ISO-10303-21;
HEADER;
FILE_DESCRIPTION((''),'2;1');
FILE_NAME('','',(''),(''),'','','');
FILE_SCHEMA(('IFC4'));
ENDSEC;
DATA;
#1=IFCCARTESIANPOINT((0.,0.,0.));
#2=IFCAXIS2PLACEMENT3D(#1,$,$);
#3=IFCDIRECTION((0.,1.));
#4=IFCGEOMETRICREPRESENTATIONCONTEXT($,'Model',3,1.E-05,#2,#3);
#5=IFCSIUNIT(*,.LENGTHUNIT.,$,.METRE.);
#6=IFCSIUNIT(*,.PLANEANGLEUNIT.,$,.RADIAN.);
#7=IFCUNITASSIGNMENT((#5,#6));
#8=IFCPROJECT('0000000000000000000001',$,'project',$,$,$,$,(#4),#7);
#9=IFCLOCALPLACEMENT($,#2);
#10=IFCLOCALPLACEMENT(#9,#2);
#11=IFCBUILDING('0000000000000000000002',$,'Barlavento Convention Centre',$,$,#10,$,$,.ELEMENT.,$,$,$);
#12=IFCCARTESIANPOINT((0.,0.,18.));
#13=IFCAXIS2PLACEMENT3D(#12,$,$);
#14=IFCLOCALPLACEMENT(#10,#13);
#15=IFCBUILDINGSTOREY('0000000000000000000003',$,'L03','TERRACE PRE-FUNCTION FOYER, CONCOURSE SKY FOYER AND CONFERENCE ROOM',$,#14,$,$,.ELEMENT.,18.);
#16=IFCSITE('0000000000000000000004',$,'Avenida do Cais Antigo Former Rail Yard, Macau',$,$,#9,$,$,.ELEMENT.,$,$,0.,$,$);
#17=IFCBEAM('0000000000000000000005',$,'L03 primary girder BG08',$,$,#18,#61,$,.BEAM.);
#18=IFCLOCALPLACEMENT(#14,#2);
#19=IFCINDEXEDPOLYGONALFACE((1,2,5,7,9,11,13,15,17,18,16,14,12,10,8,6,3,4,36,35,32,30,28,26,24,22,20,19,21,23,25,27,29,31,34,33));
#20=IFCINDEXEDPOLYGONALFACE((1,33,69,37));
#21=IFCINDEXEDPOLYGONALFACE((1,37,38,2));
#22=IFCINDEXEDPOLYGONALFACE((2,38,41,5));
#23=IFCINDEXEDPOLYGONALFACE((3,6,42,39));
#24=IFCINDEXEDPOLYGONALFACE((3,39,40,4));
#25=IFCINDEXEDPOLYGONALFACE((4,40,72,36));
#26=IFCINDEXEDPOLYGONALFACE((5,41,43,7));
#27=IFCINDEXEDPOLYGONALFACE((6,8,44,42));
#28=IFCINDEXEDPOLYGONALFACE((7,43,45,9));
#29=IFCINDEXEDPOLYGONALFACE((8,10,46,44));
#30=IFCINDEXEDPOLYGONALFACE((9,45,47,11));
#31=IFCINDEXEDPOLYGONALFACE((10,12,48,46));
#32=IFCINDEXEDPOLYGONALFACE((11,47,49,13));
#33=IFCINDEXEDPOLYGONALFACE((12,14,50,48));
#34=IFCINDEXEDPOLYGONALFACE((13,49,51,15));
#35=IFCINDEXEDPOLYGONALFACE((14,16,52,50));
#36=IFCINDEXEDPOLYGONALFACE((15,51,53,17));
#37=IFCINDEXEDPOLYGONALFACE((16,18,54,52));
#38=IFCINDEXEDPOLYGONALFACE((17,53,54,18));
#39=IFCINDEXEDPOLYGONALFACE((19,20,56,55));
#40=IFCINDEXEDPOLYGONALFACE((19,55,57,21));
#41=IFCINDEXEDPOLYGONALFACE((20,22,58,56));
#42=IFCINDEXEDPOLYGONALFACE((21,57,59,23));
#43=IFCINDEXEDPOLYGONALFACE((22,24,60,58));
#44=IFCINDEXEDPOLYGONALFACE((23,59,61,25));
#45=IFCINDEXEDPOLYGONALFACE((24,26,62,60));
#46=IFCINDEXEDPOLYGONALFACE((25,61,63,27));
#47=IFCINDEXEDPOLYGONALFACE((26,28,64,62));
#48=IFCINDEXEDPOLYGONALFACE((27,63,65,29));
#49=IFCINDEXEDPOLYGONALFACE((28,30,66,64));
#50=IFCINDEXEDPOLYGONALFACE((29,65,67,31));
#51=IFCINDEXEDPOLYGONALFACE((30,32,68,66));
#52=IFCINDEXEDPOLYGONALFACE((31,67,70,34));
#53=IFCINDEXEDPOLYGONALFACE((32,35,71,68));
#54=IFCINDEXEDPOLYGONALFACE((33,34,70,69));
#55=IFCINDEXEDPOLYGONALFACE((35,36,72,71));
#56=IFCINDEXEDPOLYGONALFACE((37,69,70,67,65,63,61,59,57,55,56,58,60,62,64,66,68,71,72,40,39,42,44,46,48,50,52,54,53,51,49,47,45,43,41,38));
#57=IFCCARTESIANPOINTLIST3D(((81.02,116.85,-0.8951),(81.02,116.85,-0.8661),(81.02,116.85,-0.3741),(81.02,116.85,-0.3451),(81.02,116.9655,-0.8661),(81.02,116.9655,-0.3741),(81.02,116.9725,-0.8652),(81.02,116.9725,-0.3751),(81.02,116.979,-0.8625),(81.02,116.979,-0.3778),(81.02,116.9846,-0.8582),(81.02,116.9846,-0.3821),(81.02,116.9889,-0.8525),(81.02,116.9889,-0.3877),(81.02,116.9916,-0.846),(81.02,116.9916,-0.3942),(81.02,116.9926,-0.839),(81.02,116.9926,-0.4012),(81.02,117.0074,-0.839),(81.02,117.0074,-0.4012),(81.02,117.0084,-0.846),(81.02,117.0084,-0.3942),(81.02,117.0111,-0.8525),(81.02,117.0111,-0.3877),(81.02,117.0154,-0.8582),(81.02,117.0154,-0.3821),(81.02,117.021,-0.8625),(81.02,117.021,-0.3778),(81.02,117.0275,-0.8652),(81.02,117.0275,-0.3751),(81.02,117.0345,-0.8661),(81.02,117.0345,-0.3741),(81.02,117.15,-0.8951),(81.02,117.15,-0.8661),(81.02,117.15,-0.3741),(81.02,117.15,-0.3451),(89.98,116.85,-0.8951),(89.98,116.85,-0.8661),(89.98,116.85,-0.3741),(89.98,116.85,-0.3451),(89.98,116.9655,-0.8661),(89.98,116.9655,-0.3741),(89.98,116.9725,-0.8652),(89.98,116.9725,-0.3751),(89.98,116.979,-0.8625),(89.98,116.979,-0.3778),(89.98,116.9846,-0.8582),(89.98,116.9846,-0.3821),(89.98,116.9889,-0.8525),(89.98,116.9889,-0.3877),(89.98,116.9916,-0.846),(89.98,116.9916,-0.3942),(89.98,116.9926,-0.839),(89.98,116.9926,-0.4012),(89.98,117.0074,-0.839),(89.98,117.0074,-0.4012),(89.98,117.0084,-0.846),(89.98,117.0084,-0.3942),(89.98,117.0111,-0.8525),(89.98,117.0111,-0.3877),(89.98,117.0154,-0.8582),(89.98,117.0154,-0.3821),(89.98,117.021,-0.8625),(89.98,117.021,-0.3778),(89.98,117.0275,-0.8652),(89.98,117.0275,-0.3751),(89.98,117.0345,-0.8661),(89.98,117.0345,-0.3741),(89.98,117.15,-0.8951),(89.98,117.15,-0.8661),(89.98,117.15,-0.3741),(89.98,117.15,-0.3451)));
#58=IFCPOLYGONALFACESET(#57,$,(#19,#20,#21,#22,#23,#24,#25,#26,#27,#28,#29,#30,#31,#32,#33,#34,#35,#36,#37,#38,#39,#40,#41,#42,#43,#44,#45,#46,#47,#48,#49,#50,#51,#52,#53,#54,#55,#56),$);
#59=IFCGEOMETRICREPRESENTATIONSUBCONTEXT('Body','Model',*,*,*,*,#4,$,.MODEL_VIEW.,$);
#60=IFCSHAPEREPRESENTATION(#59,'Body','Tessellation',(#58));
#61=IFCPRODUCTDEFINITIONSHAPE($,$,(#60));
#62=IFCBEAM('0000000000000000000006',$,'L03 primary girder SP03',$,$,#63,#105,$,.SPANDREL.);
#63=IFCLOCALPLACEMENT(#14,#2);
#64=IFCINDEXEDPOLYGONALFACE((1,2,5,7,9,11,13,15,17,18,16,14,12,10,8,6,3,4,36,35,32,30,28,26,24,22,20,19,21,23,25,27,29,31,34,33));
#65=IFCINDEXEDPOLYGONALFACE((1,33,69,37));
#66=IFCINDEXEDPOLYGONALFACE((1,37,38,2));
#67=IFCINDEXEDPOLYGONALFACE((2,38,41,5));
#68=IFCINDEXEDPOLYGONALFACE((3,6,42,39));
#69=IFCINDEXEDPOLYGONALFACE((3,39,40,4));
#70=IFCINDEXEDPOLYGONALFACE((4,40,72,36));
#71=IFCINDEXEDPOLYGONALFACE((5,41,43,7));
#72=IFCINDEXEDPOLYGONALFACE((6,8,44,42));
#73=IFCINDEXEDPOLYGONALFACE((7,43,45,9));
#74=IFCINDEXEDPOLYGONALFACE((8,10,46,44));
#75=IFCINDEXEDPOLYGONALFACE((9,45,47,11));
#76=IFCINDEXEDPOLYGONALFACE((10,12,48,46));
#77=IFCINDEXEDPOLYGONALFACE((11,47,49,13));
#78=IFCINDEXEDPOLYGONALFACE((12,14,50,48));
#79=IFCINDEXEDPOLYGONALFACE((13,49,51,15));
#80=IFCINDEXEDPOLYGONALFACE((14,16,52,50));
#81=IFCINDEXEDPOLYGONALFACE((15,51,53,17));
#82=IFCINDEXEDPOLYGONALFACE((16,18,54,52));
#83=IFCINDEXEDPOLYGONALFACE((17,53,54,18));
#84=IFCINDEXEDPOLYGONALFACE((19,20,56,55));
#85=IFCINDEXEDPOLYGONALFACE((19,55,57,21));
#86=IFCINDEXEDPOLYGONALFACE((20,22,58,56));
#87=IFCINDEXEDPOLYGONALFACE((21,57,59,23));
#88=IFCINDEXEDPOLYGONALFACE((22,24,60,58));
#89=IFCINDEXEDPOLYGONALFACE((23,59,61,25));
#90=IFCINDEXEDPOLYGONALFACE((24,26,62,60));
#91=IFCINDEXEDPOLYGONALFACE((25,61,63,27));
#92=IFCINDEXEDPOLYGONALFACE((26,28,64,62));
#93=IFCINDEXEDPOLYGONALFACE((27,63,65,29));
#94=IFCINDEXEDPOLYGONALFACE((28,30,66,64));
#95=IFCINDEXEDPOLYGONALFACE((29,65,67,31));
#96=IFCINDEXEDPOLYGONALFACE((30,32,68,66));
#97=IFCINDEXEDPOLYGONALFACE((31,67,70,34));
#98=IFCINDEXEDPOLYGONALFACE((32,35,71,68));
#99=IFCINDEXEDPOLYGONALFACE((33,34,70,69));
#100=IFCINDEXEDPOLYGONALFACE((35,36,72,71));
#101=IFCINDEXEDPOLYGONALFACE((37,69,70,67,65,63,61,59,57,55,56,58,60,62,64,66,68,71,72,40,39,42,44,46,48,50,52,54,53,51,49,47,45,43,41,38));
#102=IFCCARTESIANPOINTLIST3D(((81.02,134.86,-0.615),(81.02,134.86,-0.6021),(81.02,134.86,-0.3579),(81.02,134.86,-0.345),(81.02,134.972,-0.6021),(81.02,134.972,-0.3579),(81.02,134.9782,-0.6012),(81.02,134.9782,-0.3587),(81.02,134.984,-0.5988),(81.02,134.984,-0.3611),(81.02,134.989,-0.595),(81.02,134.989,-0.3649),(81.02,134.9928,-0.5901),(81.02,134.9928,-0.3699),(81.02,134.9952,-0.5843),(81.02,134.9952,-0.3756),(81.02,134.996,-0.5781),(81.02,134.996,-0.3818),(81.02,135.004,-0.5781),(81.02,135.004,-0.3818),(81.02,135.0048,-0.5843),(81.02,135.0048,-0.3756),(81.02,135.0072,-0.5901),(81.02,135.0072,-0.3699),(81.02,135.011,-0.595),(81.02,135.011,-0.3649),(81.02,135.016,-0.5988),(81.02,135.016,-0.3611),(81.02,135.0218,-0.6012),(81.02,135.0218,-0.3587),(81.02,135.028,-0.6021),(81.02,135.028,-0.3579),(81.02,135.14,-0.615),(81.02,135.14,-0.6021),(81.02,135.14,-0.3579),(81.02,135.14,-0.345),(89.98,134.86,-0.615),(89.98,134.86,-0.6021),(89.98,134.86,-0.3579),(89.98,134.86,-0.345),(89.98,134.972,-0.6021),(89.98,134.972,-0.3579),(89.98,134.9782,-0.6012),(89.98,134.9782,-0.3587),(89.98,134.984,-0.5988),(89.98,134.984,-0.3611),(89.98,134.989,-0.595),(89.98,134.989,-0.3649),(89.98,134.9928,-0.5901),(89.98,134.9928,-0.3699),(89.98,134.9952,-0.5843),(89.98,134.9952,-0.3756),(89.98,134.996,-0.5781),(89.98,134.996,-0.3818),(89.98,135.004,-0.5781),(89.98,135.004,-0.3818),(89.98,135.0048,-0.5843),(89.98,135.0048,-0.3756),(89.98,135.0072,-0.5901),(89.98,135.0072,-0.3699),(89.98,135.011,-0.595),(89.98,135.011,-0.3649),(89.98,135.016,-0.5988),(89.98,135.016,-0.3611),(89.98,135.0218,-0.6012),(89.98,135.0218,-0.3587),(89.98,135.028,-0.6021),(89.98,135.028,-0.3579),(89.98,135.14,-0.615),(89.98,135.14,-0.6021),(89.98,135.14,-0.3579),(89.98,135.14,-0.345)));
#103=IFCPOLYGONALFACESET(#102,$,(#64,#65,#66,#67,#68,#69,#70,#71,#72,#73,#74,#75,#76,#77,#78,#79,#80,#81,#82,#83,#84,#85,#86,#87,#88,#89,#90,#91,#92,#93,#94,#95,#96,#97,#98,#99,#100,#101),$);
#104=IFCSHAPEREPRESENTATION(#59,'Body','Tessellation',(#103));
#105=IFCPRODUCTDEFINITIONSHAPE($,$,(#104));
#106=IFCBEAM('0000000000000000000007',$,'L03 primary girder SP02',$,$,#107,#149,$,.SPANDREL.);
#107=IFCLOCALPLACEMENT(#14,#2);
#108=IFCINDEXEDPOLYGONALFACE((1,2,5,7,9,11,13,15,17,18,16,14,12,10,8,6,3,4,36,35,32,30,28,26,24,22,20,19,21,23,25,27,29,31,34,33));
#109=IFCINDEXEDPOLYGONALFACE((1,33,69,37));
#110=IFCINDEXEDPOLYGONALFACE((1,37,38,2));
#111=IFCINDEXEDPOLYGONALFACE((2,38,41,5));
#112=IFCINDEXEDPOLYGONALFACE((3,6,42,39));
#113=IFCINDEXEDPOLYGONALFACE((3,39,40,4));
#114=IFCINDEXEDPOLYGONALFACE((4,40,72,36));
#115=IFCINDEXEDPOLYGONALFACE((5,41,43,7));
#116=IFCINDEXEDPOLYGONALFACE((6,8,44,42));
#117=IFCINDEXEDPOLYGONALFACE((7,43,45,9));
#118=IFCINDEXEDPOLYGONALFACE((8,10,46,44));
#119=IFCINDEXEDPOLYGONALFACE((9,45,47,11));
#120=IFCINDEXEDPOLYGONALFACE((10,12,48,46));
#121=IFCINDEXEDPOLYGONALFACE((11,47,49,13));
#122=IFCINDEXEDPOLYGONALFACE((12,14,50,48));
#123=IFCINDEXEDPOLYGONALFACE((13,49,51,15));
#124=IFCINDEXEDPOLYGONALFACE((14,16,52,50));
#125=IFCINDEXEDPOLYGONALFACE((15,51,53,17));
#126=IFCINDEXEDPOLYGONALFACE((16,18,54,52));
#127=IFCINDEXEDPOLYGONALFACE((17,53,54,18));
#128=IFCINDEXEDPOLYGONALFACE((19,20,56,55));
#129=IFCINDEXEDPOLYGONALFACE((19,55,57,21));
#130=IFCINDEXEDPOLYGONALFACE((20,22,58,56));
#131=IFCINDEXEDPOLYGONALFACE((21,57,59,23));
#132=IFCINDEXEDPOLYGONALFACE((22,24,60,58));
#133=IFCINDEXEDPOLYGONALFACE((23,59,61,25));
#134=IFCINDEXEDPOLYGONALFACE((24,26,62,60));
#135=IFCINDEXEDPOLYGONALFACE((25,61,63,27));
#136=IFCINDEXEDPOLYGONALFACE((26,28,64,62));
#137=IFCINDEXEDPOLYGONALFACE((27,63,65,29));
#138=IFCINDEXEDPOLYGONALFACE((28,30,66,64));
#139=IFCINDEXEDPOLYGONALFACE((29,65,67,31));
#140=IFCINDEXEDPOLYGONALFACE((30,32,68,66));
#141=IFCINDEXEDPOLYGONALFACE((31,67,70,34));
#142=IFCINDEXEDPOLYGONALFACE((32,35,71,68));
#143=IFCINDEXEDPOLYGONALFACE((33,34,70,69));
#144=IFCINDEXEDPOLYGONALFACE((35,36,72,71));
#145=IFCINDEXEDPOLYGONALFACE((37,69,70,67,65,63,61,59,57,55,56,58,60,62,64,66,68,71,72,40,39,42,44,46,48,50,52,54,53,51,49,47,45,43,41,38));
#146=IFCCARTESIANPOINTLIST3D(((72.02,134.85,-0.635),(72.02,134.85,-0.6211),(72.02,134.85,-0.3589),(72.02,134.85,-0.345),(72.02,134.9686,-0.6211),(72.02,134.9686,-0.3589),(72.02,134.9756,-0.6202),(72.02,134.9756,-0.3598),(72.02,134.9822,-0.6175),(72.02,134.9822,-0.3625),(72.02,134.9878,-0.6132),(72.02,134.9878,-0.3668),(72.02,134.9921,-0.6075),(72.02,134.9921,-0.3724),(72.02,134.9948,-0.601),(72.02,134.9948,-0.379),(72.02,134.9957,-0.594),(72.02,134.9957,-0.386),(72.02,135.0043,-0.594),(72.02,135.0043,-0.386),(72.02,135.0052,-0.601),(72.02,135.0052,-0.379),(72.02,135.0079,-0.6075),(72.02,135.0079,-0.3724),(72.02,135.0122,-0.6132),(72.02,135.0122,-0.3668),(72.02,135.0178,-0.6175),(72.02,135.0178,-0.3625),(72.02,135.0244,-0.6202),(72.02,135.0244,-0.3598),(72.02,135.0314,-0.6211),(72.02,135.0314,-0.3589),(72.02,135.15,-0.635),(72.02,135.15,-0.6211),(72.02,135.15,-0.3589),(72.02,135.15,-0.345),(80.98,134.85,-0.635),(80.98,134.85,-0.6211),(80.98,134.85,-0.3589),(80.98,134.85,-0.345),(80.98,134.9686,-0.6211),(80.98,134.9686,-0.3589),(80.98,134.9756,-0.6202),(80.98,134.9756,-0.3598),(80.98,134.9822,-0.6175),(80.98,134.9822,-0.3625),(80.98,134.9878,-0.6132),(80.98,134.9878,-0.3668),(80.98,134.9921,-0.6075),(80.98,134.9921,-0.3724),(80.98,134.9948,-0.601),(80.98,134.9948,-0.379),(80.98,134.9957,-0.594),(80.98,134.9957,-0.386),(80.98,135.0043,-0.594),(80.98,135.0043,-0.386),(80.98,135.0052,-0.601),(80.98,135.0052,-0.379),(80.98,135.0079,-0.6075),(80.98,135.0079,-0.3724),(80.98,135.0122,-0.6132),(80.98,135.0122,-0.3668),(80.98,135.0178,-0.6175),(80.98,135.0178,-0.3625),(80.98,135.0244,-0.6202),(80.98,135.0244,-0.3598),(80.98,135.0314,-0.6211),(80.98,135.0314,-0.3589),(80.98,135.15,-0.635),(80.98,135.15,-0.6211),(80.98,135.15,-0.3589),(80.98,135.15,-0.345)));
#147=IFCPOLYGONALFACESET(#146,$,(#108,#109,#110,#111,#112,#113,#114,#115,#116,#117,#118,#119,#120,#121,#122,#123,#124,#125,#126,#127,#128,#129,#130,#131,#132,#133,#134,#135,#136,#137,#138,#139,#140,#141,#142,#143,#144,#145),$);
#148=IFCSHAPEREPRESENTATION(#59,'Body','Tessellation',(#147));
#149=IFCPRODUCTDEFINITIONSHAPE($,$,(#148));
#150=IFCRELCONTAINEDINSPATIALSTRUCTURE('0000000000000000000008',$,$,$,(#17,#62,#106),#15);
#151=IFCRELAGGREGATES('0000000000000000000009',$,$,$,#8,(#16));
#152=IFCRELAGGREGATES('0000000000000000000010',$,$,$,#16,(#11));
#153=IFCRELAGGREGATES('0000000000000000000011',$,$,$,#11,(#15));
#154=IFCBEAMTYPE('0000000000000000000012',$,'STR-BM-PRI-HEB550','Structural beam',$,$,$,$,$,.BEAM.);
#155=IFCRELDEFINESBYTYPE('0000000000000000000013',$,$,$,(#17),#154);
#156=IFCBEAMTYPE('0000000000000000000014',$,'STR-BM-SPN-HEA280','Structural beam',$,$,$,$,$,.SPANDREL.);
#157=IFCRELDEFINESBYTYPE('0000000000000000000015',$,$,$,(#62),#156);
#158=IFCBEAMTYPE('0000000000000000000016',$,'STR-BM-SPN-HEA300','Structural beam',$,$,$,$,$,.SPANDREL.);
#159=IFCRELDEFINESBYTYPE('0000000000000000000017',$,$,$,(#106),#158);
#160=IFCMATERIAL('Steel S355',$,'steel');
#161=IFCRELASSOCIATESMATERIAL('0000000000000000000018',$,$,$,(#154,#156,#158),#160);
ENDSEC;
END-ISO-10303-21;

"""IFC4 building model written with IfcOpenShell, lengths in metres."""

from ifc_helpers import new_model, si_unit, direction, frame, origin, origin_2d, place, context, subcontext, project, spatial, i_section, extrude, material, material_profile, profile_set, type_object, element, save


model = new_model("IFC4")

# Units and contexts
model_context = context("Model", 3, precision=1e-05, world=origin(), true_north=direction((0.0, 1.0)))
body_context = subcontext(model_context, "Body", "Model", "MODEL_VIEW")
ifc_project = project(units=[si_unit("LENGTHUNIT", "METRE"), si_unit("PLANEANGLEUNIT", "RADIAN")], contexts=[model_context])

# Site, building, storey
site_placement = place(None, origin())
site = spatial("IfcSite", under=ifc_project, at=site_placement, Name="Avenida do Cais Antigo Former Rail Yard, Macau", CompositionType="ELEMENT", RefElevation=0.0)
building_placement = place(site_placement, origin())
building = spatial("IfcBuilding", under=site, at=building_placement, Name="Barlavento Convention Centre", CompositionType="ELEMENT")
storey_placement = place(building_placement, frame((0.0, 0.0, 18.0)))
storey = spatial("IfcBuildingStorey", under=building, at=storey_placement, Name="L03", Description="TERRACE PRE-FUNCTION FOYER, CONCOURSE SKY FOYER AND CONFERENCE ROOM", CompositionType="ELEMENT", Elevation=18.0)

# Beams
ifc_material_1 = material(Name="Steel S355", Category="steel")
ifc_material_profile_1 = material_profile(ifc_material_1, i_section(OverallWidth=0.3, OverallDepth=0.55, WebThickness=0.0149, FlangeThickness=0.0291, FilletRadius=0.0271, at=origin_2d()), Name="HEB 550")
ifc_profile_set_1 = profile_set([ifc_material_profile_1], Name="Steel S355")
beam_type_1 = type_object("IfcBeamType", Name="STR-BM-PRI-HEB550", Description="Structural beam", PredefinedType="BEAM", material=ifc_profile_set_1)
beam_1_placement = place(storey_placement, frame((81.02, 117.0, -0.6201), z_axis=(1.0, 0.0, 0.0), x_axis=(0.0, 1.0, 0.0)))
element("IfcBeam", 1, at=beam_1_placement, inside=storey, type_object=beam_type_1, Name="L03 primary girder BG08", PredefinedType="BEAM", context=body_context, shape_type="SweptSolid", body=[
    extrude(i_section(OverallWidth=0.3, OverallDepth=0.55, WebThickness=0.0149, FlangeThickness=0.0291, FilletRadius=0.0271, at=origin_2d()), origin(), (0.0, 0.0, 1.0), 8.96),
])
ifc_material_profile_2 = material_profile(ifc_material_1, i_section(OverallWidth=0.28, OverallDepth=0.27, WebThickness=0.0081, FlangeThickness=0.0129, FilletRadius=0.0239, at=origin_2d()), Name="HEA 280")
ifc_profile_set_2 = profile_set([ifc_material_profile_2], Name="Steel S355")
beam_type_2 = type_object("IfcBeamType", Name="STR-BM-SPN-HEA280", Description="Structural beam", PredefinedType="SPANDREL", material=ifc_profile_set_2)
beam_2_placement = place(storey_placement, frame((81.02, 135.0, -0.48), z_axis=(1.0, 0.0, 0.0), x_axis=(0.0, 1.0, 0.0)))
element("IfcBeam", 2, at=beam_2_placement, inside=storey, type_object=beam_type_2, Name="L03 primary girder SP03", PredefinedType="SPANDREL", context=body_context, shape_type="SweptSolid", body=[
    extrude(i_section(OverallWidth=0.28, OverallDepth=0.27, WebThickness=0.0081, FlangeThickness=0.0129, FilletRadius=0.0239, at=origin_2d()), origin(), (0.0, 0.0, 1.0), 8.96),
])
ifc_material_profile_3 = material_profile(ifc_material_1, i_section(OverallWidth=0.3, OverallDepth=0.29, WebThickness=0.0085, FlangeThickness=0.0139, FilletRadius=0.0271, at=origin_2d()), Name="HEA 300")
ifc_profile_set_3 = profile_set([ifc_material_profile_3], Name="Steel S355")
beam_type_3 = type_object("IfcBeamType", Name="STR-BM-SPN-HEA300", Description="Structural beam", PredefinedType="SPANDREL", material=ifc_profile_set_3)
beam_3_placement = place(storey_placement, frame((72.02, 135.0, -0.49), z_axis=(1.0, 0.0, 0.0), x_axis=(0.0, 1.0, 0.0)))
element("IfcBeam", 3, at=beam_3_placement, inside=storey, type_object=beam_type_3, Name="L03 primary girder SP02", PredefinedType="SPANDREL", context=body_context, shape_type="SweptSolid", body=[
    extrude(i_section(OverallWidth=0.3, OverallDepth=0.29, WebThickness=0.0085, FlangeThickness=0.0139, FilletRadius=0.0271, at=origin_2d()), origin(), (0.0, 0.0, 1.0), 8.96),
])

save(model, "model.ifc")
